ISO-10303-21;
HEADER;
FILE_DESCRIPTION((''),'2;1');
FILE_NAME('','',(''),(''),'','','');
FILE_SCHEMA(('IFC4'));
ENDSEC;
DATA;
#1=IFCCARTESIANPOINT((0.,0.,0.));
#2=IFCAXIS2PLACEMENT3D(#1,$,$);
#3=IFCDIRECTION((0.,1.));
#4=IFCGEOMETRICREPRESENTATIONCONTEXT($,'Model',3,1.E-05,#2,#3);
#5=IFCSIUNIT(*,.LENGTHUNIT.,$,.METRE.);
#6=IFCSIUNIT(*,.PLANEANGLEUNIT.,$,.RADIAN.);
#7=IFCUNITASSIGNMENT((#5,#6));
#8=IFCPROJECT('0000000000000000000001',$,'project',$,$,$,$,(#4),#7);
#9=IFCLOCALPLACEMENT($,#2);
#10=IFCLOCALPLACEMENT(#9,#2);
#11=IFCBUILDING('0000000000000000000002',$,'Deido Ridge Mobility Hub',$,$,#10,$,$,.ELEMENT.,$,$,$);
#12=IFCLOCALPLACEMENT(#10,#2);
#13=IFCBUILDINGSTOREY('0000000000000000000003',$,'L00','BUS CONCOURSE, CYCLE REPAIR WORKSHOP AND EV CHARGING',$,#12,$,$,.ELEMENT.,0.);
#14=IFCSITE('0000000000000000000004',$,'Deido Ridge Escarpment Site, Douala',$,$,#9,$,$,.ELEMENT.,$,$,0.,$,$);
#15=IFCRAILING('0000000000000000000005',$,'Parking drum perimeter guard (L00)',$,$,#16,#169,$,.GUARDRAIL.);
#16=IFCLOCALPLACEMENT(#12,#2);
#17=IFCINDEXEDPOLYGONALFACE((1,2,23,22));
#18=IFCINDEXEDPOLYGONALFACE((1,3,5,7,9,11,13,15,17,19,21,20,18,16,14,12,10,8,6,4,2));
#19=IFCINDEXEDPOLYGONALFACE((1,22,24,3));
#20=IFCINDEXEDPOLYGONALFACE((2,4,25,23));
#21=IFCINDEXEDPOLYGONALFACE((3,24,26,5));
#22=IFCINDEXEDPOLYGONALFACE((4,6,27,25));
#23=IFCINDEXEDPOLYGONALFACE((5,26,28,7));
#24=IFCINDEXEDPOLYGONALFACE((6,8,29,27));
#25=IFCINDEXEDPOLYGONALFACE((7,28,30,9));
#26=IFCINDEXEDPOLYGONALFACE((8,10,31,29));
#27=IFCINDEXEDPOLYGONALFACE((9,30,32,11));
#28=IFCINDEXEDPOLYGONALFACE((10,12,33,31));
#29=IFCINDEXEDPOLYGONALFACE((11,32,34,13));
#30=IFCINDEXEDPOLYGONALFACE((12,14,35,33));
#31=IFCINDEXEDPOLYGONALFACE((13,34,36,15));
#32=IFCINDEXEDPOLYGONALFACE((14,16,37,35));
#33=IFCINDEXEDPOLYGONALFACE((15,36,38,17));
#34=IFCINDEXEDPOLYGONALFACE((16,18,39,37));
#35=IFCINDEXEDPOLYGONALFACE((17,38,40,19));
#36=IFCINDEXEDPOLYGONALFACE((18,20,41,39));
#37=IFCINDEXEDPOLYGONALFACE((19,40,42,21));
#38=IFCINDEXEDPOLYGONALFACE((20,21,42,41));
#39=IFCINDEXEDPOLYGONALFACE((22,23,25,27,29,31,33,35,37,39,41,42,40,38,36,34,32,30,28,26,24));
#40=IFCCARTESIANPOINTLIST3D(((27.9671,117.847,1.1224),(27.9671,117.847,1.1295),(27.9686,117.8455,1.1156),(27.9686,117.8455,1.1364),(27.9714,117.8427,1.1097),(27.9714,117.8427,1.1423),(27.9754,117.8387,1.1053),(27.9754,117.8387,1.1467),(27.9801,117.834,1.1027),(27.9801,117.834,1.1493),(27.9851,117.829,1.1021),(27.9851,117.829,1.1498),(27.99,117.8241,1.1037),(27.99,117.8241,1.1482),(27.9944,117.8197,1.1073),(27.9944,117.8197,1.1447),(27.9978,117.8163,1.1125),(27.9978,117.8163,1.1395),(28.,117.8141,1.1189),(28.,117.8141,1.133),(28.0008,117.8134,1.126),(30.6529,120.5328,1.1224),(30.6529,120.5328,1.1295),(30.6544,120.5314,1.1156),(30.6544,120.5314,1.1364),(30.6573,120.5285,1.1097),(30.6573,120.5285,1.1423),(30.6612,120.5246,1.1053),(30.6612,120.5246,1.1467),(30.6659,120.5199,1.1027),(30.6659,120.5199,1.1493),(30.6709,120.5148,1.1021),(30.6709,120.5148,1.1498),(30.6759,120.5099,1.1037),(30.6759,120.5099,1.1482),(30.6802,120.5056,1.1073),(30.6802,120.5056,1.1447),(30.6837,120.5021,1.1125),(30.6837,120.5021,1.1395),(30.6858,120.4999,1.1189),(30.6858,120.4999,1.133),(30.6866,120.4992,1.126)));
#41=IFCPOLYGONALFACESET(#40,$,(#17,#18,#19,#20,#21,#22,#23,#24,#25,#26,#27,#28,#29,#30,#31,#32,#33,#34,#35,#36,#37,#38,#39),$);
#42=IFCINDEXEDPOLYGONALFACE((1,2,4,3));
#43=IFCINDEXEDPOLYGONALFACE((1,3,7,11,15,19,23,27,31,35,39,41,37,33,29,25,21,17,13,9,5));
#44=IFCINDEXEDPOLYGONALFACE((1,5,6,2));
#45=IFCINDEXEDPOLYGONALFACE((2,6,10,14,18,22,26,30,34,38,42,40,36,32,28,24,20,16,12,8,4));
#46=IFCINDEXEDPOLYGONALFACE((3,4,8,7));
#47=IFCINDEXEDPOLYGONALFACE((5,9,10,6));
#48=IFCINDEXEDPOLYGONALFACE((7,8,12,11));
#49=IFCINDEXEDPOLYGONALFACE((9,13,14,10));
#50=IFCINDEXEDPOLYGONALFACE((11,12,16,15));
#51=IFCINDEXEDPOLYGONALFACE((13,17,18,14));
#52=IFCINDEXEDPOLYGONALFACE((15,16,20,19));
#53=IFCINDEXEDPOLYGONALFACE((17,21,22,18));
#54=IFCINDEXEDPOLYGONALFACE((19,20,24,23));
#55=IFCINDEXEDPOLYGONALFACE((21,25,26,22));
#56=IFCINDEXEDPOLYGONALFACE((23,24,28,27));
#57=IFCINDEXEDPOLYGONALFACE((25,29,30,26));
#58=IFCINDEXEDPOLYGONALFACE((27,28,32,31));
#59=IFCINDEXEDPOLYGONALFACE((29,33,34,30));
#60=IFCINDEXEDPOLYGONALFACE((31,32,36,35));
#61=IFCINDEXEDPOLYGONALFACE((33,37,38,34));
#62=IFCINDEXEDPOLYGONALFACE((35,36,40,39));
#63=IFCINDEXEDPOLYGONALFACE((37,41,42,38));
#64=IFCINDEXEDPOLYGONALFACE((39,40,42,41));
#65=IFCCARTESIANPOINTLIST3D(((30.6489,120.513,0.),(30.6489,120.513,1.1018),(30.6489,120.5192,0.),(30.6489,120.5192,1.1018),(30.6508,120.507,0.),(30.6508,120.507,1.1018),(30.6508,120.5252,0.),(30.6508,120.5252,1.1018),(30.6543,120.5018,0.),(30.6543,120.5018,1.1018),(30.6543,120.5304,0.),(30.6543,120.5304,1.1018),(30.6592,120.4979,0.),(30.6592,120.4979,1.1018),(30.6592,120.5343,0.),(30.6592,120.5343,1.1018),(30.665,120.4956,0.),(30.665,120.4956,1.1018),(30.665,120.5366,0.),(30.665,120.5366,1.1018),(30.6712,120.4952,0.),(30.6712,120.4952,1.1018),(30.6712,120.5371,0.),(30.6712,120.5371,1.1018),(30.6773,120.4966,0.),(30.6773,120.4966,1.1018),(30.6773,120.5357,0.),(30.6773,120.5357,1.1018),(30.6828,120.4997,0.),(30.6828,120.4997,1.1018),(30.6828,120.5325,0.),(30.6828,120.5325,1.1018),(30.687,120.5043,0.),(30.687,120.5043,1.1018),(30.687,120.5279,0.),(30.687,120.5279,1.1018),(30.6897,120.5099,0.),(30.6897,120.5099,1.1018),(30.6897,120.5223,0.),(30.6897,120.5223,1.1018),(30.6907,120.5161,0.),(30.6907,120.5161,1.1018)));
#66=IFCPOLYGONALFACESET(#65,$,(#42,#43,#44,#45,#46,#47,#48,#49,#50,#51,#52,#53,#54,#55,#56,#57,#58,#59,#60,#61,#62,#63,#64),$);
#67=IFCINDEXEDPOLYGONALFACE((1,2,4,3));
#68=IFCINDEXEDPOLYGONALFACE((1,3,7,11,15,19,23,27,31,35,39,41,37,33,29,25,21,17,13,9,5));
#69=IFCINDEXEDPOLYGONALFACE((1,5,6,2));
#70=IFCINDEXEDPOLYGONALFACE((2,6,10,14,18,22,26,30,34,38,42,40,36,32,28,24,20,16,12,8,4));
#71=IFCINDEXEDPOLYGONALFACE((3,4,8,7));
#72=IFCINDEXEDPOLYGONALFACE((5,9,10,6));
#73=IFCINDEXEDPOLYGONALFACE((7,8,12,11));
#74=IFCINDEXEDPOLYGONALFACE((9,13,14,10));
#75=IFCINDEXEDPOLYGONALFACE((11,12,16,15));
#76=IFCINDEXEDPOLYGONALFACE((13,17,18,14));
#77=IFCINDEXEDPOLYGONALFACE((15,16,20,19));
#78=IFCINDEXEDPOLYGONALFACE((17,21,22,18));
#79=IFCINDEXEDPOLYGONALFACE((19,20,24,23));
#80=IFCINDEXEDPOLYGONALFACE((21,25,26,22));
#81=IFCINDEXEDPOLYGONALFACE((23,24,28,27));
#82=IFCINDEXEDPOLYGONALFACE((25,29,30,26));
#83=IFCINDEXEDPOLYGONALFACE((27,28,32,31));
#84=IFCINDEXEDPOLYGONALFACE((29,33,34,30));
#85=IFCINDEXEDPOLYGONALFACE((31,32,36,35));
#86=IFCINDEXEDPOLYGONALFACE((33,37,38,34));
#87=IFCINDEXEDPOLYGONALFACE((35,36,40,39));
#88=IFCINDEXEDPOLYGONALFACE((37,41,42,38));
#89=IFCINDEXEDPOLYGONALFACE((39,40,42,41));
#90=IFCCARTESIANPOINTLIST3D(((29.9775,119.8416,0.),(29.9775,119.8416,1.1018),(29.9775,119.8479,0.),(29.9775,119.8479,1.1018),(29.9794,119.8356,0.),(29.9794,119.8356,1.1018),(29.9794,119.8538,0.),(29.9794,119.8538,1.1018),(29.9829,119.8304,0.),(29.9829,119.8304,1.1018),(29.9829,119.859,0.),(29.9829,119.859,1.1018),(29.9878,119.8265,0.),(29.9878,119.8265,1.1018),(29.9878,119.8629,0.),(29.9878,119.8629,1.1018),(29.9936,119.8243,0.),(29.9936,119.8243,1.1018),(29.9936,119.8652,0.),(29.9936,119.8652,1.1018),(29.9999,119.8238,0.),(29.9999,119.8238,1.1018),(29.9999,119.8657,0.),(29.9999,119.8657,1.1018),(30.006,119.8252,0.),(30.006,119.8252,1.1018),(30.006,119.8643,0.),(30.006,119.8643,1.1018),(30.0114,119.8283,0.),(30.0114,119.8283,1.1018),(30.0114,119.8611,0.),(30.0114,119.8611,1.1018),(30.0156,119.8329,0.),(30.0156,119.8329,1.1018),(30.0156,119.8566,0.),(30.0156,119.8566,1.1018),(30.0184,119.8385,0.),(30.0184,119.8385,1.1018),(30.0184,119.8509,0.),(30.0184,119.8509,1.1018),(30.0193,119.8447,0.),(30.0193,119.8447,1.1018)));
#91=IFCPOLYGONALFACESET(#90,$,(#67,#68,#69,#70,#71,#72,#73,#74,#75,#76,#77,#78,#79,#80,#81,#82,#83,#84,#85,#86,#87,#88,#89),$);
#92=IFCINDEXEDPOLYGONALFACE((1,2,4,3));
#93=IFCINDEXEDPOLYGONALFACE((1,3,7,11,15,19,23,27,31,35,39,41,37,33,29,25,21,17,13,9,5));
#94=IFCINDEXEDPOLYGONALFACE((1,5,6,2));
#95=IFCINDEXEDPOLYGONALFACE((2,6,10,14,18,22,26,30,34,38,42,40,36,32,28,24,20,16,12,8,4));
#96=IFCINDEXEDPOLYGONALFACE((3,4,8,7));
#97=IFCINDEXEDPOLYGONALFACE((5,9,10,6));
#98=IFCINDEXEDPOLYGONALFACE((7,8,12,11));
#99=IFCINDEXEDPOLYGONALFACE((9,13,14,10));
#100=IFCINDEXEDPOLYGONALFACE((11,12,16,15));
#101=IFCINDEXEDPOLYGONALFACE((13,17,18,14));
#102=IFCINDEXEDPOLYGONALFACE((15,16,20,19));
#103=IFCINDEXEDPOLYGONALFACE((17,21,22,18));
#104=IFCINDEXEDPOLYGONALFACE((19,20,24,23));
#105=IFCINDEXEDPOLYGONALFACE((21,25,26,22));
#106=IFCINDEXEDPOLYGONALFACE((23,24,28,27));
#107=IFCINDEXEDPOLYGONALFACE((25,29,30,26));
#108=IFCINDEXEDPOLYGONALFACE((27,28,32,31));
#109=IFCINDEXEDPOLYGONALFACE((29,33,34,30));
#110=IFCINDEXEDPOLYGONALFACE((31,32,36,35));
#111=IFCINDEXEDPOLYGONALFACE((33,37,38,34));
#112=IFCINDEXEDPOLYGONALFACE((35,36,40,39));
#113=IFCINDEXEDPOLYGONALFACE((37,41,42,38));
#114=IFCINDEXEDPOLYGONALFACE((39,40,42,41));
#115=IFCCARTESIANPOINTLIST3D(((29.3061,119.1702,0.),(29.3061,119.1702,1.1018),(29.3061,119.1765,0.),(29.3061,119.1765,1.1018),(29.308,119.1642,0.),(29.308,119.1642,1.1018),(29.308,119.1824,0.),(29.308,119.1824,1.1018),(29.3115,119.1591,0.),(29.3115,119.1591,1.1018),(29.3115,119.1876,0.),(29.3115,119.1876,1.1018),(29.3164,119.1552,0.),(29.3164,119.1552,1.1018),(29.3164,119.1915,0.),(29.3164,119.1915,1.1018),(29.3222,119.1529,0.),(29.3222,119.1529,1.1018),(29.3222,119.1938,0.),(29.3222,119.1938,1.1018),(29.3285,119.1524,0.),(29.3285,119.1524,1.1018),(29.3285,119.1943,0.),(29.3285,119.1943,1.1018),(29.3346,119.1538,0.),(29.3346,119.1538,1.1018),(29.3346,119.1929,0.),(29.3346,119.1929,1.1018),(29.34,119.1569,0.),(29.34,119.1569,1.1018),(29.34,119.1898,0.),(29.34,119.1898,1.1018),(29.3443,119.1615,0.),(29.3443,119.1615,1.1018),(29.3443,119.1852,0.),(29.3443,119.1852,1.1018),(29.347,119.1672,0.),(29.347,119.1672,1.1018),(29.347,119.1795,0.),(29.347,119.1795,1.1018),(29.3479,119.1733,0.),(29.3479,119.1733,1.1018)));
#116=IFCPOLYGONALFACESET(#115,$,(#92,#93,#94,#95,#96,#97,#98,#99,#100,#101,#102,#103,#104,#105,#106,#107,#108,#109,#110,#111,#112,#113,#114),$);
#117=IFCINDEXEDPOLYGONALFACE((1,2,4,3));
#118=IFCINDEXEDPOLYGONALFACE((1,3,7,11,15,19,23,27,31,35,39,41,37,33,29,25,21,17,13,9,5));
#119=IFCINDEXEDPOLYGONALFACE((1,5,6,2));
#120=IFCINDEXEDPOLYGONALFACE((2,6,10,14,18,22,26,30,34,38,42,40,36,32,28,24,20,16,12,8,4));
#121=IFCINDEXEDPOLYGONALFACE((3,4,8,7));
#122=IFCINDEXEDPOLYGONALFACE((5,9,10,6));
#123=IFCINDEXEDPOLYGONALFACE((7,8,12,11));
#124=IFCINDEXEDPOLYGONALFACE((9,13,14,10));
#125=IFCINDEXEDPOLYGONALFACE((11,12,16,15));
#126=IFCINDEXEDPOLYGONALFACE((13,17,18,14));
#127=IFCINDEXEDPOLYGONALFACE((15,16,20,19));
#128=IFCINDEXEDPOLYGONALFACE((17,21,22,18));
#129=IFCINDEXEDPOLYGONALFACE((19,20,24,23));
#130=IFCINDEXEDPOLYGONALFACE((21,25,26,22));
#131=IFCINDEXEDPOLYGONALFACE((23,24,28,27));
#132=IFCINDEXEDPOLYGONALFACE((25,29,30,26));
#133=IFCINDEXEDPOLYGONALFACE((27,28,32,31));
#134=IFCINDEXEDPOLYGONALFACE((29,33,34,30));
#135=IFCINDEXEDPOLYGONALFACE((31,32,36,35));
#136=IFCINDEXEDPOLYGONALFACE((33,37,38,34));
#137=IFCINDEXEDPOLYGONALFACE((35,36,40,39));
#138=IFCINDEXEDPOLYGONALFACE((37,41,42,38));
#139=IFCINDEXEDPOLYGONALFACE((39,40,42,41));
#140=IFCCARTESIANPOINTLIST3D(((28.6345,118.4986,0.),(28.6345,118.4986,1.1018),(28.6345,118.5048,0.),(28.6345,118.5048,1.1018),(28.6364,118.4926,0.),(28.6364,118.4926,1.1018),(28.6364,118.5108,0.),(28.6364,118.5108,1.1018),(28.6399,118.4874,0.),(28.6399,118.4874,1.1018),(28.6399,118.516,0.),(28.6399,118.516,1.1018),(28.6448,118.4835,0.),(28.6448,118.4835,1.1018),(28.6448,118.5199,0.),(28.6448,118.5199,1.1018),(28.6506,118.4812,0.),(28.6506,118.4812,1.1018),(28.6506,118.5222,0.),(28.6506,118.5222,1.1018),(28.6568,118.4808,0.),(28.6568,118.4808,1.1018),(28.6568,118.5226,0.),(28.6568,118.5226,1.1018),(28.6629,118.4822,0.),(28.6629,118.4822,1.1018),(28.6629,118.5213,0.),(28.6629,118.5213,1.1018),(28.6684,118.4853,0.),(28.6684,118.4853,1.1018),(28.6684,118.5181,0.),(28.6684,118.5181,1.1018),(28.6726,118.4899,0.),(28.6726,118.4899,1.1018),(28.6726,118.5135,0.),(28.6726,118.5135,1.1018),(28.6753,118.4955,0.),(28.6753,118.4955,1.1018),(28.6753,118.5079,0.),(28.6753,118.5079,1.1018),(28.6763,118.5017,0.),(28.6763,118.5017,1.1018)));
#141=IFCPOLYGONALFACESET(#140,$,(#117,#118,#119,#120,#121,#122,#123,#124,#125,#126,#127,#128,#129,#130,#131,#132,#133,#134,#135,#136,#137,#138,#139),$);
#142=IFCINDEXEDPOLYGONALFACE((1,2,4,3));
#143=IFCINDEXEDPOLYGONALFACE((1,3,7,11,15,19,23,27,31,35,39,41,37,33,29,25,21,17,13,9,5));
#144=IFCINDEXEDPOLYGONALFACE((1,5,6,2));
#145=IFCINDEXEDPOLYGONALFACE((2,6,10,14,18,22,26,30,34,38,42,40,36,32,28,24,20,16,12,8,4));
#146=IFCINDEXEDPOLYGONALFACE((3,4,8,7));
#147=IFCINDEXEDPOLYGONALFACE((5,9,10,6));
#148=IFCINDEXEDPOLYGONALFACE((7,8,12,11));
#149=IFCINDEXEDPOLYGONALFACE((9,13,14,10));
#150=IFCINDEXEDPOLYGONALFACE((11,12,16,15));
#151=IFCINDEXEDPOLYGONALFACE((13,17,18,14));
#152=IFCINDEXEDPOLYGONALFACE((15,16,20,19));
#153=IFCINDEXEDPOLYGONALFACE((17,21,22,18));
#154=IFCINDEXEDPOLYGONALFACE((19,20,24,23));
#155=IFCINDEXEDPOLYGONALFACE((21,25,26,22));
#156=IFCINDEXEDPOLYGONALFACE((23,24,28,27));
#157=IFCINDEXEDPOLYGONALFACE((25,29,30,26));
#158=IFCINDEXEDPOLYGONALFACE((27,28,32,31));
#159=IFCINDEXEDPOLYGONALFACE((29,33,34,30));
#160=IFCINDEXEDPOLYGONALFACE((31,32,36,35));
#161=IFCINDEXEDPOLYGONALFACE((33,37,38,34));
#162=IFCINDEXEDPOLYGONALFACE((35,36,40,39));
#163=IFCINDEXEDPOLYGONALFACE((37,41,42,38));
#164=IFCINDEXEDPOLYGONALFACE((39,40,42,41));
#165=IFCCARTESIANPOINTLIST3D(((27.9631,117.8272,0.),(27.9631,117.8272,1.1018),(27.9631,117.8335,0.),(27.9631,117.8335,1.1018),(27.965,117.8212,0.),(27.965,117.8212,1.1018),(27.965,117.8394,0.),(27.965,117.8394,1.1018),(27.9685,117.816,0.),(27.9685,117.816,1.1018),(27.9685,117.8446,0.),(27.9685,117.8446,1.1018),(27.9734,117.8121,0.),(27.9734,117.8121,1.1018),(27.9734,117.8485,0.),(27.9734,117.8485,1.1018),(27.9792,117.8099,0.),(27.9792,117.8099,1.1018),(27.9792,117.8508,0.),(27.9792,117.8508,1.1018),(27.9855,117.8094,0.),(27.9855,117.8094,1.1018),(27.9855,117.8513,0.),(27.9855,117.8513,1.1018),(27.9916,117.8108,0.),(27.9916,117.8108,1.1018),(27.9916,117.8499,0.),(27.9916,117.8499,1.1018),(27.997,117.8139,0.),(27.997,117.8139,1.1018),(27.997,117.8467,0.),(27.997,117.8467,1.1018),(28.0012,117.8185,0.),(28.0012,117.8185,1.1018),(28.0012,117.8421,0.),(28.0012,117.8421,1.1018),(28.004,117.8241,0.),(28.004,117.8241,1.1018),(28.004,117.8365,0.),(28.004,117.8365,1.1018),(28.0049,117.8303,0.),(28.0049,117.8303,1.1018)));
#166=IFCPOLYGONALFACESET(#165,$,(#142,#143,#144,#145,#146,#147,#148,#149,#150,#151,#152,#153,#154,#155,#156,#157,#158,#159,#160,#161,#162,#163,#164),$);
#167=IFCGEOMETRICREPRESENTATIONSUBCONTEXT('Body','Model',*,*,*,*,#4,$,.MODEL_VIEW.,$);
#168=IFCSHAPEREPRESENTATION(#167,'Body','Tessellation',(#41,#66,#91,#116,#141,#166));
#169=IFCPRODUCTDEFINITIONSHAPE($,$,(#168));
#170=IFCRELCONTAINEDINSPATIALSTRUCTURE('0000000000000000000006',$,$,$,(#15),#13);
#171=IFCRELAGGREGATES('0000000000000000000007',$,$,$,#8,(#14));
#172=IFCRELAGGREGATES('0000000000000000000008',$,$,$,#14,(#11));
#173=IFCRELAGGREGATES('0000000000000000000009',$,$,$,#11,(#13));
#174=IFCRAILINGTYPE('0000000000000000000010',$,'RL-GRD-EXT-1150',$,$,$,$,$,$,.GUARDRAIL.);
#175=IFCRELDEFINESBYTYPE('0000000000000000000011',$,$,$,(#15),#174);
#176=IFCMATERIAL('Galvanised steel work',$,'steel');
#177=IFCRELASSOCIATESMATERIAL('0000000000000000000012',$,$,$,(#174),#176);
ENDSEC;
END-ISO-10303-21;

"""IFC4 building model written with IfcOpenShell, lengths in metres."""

from ifc_helpers import new_model, si_unit, direction, frame, origin, origin_2d, place, context, subcontext, project, spatial, circle, extrude, material, type_object, element, save


model = new_model("IFC4")

# Units and contexts
model_context = context("Model", 3, precision=1e-05, world=origin(), true_north=direction((0.0, 1.0)))
body_context = subcontext(model_context, "Body", "Model", "MODEL_VIEW")
ifc_project = project(units=[si_unit("LENGTHUNIT", "METRE"), si_unit("PLANEANGLEUNIT", "RADIAN")], contexts=[model_context])

# Site, building, storey
site_placement = place(None, origin())
site = spatial("IfcSite", under=ifc_project, at=site_placement, Name="Deido Ridge Escarpment Site, Douala", CompositionType="ELEMENT", RefElevation=0.0)
building_placement = place(site_placement, origin())
building = spatial("IfcBuilding", under=site, at=building_placement, Name="Deido Ridge Mobility Hub", CompositionType="ELEMENT")
storey_placement = place(building_placement, origin())
storey = spatial("IfcBuildingStorey", under=building, at=storey_placement, Name="L00", Description="BUS CONCOURSE, CYCLE REPAIR WORKSHOP AND EV CHARGING", CompositionType="ELEMENT", Elevation=0.0)

# Railing
ifc_material_1 = material(Name="Galvanised steel work", Category="steel")
railing_type = type_object("IfcRailingType", Name="RL-GRD-EXT-1150", PredefinedType="GUARDRAIL", material=ifc_material_1)
railing_1_placement = place(storey_placement, frame((30.6697, 120.5161, 0.0)))
element("IfcRailing", 1, at=railing_1_placement, inside=storey, type_object=railing_type, Name="Parking drum perimeter guard (L00)", PredefinedType="GUARDRAIL", context=body_context, shape_type="SweptSolid", body=[
    extrude(circle(Radius=0.0239, at=origin_2d()), frame((0.0, 0.0, 1.126), z_axis=(-0.707107, -0.707107, 0.0), x_axis=(0.707107, -0.707107, 0.0)), (0.0, 0.0, 1.0), 3.7983),
    extrude(circle(Radius=0.021, at=origin_2d()), origin(), (0.0, 0.0, 1.0), 1.1018),
    extrude(circle(Radius=0.021, at=origin_2d()), frame((-0.6714, -0.6714, 0.0)), (0.0, 0.0, 1.0), 1.1018),
    extrude(circle(Radius=0.021, at=origin_2d()), frame((-1.3428, -1.3428, 0.0)), (0.0, 0.0, 1.0), 1.1018),
    extrude(circle(Radius=0.021, at=origin_2d()), frame((-2.0144, -2.0144, 0.0)), (0.0, 0.0, 1.0), 1.1018),
    extrude(circle(Radius=0.021, at=origin_2d()), frame((-2.6858, -2.6858, 0.0)), (0.0, 0.0, 1.0), 1.1018),
])

save(model, "model.ifc")
